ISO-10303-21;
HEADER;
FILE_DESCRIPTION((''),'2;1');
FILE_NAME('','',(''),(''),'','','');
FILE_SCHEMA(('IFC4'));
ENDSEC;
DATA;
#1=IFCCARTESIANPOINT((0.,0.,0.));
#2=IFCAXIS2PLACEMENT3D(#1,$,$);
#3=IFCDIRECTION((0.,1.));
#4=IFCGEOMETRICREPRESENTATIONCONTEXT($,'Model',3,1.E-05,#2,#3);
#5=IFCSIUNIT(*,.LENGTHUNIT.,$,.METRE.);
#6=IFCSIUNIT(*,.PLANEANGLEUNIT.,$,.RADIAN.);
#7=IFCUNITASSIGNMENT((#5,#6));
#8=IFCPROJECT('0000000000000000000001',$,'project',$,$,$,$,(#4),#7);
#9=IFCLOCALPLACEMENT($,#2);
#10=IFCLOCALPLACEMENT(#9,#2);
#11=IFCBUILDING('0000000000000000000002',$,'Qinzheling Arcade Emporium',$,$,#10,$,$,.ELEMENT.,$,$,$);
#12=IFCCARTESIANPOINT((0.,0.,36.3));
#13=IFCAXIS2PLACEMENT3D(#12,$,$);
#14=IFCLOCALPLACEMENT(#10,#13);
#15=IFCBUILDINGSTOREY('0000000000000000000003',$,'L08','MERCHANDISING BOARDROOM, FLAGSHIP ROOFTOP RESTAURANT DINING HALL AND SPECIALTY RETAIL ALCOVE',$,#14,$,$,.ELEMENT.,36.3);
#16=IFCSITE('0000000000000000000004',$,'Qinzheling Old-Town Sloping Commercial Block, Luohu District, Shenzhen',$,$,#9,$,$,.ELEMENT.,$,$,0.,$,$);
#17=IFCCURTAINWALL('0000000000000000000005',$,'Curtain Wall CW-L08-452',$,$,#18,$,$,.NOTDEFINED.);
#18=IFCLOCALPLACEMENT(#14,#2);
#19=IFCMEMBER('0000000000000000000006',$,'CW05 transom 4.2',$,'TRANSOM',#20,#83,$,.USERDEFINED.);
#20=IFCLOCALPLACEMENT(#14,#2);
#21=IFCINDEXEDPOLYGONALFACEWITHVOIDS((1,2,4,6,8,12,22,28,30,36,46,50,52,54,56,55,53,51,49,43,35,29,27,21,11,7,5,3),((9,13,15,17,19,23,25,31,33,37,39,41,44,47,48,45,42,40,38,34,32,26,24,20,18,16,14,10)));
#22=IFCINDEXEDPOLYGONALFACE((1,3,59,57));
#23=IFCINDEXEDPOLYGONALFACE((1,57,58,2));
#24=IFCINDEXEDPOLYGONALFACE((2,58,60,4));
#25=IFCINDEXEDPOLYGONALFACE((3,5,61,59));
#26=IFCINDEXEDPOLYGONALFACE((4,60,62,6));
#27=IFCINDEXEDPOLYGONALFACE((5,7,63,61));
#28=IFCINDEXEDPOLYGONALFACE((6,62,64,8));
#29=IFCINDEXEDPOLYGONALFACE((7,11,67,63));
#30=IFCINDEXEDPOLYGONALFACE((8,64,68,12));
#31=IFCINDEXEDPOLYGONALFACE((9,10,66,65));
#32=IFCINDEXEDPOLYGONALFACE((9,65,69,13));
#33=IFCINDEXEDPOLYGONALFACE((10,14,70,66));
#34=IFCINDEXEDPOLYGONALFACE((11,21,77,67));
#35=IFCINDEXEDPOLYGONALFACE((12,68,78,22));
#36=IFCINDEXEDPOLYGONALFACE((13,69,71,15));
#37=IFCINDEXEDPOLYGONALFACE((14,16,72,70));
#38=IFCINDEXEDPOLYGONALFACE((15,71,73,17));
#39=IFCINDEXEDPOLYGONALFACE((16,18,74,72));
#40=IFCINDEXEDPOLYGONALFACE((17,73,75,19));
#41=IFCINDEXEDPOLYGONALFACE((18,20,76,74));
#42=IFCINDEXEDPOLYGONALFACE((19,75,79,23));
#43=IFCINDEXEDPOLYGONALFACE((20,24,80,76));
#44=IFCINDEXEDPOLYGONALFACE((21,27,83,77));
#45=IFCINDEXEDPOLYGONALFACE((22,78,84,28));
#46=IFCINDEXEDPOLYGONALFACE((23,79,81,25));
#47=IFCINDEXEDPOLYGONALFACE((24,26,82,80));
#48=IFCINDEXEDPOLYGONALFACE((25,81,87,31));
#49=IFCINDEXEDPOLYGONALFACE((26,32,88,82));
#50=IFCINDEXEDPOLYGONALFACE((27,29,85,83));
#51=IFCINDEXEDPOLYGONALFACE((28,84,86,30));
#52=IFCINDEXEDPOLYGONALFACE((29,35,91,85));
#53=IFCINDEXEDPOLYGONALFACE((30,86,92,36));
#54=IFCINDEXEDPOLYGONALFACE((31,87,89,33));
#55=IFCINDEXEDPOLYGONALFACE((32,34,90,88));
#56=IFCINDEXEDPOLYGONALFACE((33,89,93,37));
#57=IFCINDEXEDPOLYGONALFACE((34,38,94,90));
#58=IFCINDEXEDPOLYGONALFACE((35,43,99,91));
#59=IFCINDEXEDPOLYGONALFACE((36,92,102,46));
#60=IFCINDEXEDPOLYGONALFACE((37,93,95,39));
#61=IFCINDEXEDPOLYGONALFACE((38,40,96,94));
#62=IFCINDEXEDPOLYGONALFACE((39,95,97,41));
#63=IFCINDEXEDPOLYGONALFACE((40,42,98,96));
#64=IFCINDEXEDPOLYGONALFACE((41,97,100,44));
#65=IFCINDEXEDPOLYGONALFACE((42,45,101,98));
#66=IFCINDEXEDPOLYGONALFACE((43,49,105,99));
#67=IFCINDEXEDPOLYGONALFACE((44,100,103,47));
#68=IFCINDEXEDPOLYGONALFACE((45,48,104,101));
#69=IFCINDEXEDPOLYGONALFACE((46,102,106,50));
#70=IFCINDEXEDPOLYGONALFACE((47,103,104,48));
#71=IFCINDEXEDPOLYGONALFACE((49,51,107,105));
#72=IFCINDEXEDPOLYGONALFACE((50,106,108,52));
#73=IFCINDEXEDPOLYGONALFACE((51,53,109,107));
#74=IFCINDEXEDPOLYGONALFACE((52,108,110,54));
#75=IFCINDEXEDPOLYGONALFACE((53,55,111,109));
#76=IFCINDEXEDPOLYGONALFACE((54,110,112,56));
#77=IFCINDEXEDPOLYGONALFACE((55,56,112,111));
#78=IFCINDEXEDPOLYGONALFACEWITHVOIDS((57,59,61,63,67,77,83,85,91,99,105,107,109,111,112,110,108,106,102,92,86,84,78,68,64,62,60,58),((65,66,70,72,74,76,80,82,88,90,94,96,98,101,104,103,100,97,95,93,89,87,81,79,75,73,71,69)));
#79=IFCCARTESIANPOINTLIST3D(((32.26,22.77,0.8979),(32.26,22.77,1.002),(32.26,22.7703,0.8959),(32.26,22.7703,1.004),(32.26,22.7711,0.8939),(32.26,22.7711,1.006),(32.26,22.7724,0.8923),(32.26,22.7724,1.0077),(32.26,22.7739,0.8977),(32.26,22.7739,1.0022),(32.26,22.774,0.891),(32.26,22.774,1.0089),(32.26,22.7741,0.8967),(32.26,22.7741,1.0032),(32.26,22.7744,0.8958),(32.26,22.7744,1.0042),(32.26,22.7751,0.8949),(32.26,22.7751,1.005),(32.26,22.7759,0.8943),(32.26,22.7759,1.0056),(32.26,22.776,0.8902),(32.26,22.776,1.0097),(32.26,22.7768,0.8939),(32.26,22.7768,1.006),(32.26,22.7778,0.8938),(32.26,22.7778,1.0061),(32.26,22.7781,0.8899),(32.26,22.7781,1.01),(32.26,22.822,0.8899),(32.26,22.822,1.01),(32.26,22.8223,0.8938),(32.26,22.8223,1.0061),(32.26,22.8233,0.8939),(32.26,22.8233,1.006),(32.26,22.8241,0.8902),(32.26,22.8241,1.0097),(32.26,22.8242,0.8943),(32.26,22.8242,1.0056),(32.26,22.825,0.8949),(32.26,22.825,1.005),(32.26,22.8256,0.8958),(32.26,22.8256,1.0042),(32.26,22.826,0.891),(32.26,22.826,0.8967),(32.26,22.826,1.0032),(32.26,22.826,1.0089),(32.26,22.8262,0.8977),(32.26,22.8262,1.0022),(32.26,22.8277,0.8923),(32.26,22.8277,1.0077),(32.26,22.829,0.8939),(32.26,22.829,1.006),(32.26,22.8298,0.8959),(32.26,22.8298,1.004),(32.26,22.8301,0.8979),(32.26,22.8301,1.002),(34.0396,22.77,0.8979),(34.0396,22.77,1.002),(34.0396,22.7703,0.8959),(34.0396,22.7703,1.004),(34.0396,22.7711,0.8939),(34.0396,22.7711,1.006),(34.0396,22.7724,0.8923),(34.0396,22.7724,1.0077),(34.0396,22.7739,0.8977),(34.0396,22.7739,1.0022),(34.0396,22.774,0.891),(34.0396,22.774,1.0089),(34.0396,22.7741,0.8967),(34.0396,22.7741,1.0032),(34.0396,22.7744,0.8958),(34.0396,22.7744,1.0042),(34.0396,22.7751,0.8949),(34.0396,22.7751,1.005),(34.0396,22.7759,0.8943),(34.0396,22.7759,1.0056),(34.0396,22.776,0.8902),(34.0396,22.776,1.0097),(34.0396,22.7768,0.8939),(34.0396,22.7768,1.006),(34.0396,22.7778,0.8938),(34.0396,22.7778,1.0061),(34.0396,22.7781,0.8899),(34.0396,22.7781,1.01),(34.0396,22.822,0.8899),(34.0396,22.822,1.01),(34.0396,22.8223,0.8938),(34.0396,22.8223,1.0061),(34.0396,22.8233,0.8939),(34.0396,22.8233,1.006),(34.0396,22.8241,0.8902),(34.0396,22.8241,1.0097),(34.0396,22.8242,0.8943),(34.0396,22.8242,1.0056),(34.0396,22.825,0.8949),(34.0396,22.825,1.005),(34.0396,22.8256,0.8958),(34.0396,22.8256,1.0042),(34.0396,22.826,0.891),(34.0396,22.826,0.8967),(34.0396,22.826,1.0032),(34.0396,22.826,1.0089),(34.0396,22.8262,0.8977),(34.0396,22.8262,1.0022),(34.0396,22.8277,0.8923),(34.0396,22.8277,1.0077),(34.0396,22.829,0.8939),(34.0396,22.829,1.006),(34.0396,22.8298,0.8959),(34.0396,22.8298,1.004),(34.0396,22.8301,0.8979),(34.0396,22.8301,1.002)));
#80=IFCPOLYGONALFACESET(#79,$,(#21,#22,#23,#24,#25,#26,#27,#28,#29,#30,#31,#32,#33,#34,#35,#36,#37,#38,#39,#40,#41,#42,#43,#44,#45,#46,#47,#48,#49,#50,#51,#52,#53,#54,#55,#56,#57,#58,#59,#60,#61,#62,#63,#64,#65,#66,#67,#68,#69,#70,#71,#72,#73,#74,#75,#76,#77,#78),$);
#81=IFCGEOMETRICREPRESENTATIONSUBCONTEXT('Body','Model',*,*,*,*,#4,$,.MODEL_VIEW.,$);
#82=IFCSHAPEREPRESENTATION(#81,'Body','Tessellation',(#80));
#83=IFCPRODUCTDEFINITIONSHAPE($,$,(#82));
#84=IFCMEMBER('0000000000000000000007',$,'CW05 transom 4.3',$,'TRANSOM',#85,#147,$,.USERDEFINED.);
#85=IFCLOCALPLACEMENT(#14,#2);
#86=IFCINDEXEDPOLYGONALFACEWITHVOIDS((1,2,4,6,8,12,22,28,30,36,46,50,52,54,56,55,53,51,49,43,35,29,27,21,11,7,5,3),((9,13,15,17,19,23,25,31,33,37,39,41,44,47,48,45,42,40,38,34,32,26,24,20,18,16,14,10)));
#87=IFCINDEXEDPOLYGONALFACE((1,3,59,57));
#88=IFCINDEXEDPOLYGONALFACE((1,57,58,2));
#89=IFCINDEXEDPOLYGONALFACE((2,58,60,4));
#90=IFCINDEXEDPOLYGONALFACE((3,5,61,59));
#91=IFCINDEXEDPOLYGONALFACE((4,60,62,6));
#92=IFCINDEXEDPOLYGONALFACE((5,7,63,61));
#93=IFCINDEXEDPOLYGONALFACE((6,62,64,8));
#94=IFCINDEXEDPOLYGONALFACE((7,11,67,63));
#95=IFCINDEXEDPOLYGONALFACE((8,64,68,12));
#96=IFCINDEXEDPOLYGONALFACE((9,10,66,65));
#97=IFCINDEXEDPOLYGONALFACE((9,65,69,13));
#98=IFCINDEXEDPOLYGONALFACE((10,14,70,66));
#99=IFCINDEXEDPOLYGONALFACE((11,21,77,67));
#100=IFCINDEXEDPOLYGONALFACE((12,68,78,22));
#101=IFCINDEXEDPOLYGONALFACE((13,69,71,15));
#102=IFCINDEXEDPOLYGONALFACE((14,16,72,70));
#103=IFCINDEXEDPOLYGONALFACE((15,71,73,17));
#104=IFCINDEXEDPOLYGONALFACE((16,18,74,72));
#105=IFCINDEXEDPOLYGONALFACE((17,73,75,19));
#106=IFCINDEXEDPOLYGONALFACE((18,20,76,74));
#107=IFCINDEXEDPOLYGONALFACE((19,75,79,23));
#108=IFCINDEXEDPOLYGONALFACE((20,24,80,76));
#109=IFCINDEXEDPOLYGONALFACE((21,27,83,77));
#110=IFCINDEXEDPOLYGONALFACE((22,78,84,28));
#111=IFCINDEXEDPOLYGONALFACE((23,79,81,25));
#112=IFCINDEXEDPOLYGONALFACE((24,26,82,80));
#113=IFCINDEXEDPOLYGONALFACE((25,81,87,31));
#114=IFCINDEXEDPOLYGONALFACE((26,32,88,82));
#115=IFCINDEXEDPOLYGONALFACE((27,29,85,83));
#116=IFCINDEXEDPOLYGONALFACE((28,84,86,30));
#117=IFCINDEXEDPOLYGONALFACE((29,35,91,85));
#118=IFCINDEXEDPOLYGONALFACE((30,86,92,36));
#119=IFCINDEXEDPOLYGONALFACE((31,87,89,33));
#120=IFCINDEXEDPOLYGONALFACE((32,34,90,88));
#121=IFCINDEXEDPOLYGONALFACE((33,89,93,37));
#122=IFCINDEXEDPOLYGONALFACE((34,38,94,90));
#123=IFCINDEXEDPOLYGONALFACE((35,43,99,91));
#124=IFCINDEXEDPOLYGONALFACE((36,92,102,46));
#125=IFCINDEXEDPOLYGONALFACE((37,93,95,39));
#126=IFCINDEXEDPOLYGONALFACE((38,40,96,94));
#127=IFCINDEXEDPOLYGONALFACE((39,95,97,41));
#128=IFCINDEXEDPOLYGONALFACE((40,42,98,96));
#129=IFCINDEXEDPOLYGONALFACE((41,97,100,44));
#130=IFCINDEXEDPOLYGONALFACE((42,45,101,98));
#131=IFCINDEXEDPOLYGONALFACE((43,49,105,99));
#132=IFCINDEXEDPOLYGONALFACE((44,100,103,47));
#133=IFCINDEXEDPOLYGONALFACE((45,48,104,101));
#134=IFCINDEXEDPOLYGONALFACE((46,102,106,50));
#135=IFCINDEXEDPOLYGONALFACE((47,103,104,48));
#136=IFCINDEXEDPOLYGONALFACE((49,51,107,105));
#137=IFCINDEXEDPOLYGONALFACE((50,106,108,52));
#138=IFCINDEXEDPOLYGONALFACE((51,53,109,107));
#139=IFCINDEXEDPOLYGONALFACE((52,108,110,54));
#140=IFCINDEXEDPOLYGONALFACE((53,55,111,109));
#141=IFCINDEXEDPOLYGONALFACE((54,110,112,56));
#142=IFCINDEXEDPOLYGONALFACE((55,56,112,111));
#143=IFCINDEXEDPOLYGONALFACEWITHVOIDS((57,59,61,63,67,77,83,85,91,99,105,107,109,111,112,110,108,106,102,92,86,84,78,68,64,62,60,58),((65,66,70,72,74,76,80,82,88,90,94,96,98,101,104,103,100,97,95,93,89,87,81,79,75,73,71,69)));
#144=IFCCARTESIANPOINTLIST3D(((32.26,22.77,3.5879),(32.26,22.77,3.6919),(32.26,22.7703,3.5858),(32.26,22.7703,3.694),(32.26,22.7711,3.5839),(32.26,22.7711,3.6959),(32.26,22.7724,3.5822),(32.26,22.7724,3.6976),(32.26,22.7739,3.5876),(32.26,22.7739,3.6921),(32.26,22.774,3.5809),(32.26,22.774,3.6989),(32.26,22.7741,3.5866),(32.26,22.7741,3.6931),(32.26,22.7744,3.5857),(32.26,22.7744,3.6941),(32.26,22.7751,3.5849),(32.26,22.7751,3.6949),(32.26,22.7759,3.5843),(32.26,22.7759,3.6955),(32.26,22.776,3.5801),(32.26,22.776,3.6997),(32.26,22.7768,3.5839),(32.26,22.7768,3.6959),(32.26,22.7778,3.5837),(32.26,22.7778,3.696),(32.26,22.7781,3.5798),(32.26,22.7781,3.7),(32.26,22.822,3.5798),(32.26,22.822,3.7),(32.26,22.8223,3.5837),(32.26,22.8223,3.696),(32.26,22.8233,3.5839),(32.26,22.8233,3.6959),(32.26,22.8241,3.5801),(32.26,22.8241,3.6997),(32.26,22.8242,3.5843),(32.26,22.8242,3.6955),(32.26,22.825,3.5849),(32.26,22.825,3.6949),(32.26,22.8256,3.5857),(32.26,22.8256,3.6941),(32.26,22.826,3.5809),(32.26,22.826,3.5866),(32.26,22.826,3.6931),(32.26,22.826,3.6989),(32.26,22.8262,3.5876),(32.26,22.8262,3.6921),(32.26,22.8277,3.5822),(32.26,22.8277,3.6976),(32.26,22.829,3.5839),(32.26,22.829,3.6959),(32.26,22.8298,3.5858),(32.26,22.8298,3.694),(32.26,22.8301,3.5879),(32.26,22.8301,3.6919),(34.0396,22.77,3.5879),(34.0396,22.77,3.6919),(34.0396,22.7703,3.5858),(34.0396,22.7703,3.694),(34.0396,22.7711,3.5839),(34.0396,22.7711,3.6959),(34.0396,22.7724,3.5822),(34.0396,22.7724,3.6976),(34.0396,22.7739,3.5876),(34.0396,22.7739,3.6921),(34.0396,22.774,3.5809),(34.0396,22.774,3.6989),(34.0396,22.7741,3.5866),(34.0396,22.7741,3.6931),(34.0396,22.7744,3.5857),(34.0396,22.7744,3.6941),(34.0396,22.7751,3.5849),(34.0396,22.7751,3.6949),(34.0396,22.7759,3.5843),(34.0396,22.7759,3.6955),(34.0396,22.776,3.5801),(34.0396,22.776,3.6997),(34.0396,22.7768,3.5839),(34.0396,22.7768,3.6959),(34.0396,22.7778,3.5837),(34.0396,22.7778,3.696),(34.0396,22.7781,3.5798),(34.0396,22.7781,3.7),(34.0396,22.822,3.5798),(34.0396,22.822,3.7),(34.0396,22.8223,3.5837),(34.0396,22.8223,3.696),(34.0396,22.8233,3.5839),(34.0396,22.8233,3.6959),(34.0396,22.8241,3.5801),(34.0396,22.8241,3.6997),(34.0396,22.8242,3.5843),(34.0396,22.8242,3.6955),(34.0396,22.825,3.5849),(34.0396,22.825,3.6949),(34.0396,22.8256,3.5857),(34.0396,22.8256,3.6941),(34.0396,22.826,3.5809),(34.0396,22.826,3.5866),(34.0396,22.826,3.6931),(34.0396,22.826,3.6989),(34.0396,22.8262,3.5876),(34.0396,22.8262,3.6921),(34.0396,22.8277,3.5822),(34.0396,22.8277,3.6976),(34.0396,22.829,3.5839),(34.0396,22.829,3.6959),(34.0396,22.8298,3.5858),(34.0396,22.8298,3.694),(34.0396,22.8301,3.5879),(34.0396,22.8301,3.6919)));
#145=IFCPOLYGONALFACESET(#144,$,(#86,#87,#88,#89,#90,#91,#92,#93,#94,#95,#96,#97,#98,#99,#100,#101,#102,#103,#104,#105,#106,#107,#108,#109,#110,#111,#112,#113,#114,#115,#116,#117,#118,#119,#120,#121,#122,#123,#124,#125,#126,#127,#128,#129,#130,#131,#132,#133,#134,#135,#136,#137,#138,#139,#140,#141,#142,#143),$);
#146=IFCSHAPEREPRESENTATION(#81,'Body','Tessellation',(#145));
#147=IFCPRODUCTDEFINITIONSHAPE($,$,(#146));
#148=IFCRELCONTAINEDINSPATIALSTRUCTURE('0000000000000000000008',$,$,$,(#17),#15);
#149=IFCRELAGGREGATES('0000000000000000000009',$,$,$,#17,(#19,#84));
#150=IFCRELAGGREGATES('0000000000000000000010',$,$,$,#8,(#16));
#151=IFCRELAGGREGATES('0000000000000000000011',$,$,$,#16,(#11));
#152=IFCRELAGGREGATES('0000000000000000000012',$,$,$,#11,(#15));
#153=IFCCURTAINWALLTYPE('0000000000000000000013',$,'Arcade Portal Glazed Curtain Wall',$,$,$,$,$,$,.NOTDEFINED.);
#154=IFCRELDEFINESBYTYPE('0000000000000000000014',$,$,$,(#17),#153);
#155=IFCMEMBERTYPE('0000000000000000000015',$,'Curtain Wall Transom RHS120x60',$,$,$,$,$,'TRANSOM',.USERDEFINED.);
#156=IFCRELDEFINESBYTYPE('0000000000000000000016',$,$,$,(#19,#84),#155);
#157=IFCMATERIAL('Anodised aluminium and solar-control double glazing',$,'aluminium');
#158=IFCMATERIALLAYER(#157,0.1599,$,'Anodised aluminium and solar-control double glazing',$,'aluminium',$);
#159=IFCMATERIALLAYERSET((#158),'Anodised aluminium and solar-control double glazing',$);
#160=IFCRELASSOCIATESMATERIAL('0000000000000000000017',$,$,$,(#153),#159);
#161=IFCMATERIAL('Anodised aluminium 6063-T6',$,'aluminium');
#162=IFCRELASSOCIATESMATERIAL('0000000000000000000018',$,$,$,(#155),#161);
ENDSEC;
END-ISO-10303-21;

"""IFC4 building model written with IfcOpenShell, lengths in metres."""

from ifc_helpers import new_model, si_unit, direction, frame, origin, origin_2d, place, context, subcontext, project, spatial, hollow_rectangle, extrude, material, layer, layer_set, material_profile, profile_set, type_object, element, aggregate, save


model = new_model("IFC4")

# Units and contexts
model_context = context("Model", 3, precision=1e-05, world=origin(), true_north=direction((0.0, 1.0)))
body_context = subcontext(model_context, "Body", "Model", "MODEL_VIEW")
ifc_project = project(units=[si_unit("LENGTHUNIT", "METRE"), si_unit("PLANEANGLEUNIT", "RADIAN")], contexts=[model_context])

# Site, building, storey
site_placement = place(None, origin())
site = spatial("IfcSite", under=ifc_project, at=site_placement, Name="Qinzheling Old-Town Sloping Commercial Block, Luohu District, Shenzhen", CompositionType="ELEMENT", RefElevation=0.0)
building_placement = place(site_placement, origin())
building = spatial("IfcBuilding", under=site, at=building_placement, Name="Qinzheling Arcade Emporium", CompositionType="ELEMENT")
storey_placement = place(building_placement, frame((0.0, 0.0, 36.3)))
storey = spatial("IfcBuildingStorey", under=building, at=storey_placement, Name="L08", Description="MERCHANDISING BOARDROOM, FLAGSHIP ROOFTOP RESTAURANT DINING HALL AND SPECIALTY RETAIL ALCOVE", CompositionType="ELEMENT", Elevation=36.3)

# Curtain wall
ifc_material_1 = material(Name="Anodised aluminium and solar-control double glazing", Category="aluminium")
ifc_layer_1 = layer(ifc_material_1, 0.1599, Name="Anodised aluminium and solar-control double glazing", Category="aluminium")
ifc_layer_set_1 = layer_set([ifc_layer_1], Name="Anodised aluminium and solar-control double glazing")
curtain_wall_type_1 = type_object("IfcCurtainWallType", Name="Arcade Portal Glazed Curtain Wall", PredefinedType="NOTDEFINED", material=ifc_layer_set_1)
curtain_wall_1_placement = place(storey_placement, origin())
curtain_wall_1 = element("IfcCurtainWall", 1, at=curtain_wall_1_placement, inside=storey, type_object=curtain_wall_type_1, Name="Curtain Wall CW-L08-452", PredefinedType="NOTDEFINED")
ifc_material_2 = material(Name="Anodised aluminium 6063-T6", Category="aluminium")

# Members
ifc_material_profile_1 = material_profile(ifc_material_2, hollow_rectangle(XDim=0.0601, YDim=0.1201, WallThickness=0.0039, InnerFilletRadius=0.0039, OuterFilletRadius=0.0081, at=origin_2d()), Name="RHS 120x60x4", Category="aluminium")
ifc_profile_set_1 = profile_set([ifc_material_profile_1], Name="Anodised aluminium 6063-T6")
member_type_1 = type_object("IfcMemberType", Name="Curtain Wall Transom RHS120x60", ElementType="TRANSOM", PredefinedType="USERDEFINED", material=ifc_profile_set_1)
member_1_placement = place(storey_placement, frame((34.0396, 22.8, 0.95), z_axis=(-1.0, 0.0, 0.0), x_axis=(0.0, -1.0, 0.0)))
member_1 = element("IfcMember", 2, at=member_1_placement, type_object=member_type_1, Name="CW05 transom 4.2", ObjectType="TRANSOM", PredefinedType="USERDEFINED", context=body_context, shape_type="SweptSolid", body=[
    extrude(hollow_rectangle(XDim=0.0601, YDim=0.1201, WallThickness=0.0039, InnerFilletRadius=0.0039, OuterFilletRadius=0.0081, at=origin_2d()), origin(), (0.0, 0.0, 1.0), 1.7795),
])
member_2_placement = place(storey_placement, frame((34.0396, 22.8, 3.6399), z_axis=(-1.0, 0.0, 0.0), x_axis=(0.0, -1.0, 0.0)))
member_2 = element("IfcMember", 3, at=member_2_placement, type_object=member_type_1, Name="CW05 transom 4.3", ObjectType="TRANSOM", PredefinedType="USERDEFINED", context=body_context, shape_type="SweptSolid", body=[
    extrude(hollow_rectangle(XDim=0.0601, YDim=0.1201, WallThickness=0.0039, InnerFilletRadius=0.0039, OuterFilletRadius=0.0081, at=origin_2d()), origin(), (0.0, 0.0, 1.0), 1.7795),
])

aggregate(curtain_wall_1, [member_1, member_2])

save(model, "model.ifc")
